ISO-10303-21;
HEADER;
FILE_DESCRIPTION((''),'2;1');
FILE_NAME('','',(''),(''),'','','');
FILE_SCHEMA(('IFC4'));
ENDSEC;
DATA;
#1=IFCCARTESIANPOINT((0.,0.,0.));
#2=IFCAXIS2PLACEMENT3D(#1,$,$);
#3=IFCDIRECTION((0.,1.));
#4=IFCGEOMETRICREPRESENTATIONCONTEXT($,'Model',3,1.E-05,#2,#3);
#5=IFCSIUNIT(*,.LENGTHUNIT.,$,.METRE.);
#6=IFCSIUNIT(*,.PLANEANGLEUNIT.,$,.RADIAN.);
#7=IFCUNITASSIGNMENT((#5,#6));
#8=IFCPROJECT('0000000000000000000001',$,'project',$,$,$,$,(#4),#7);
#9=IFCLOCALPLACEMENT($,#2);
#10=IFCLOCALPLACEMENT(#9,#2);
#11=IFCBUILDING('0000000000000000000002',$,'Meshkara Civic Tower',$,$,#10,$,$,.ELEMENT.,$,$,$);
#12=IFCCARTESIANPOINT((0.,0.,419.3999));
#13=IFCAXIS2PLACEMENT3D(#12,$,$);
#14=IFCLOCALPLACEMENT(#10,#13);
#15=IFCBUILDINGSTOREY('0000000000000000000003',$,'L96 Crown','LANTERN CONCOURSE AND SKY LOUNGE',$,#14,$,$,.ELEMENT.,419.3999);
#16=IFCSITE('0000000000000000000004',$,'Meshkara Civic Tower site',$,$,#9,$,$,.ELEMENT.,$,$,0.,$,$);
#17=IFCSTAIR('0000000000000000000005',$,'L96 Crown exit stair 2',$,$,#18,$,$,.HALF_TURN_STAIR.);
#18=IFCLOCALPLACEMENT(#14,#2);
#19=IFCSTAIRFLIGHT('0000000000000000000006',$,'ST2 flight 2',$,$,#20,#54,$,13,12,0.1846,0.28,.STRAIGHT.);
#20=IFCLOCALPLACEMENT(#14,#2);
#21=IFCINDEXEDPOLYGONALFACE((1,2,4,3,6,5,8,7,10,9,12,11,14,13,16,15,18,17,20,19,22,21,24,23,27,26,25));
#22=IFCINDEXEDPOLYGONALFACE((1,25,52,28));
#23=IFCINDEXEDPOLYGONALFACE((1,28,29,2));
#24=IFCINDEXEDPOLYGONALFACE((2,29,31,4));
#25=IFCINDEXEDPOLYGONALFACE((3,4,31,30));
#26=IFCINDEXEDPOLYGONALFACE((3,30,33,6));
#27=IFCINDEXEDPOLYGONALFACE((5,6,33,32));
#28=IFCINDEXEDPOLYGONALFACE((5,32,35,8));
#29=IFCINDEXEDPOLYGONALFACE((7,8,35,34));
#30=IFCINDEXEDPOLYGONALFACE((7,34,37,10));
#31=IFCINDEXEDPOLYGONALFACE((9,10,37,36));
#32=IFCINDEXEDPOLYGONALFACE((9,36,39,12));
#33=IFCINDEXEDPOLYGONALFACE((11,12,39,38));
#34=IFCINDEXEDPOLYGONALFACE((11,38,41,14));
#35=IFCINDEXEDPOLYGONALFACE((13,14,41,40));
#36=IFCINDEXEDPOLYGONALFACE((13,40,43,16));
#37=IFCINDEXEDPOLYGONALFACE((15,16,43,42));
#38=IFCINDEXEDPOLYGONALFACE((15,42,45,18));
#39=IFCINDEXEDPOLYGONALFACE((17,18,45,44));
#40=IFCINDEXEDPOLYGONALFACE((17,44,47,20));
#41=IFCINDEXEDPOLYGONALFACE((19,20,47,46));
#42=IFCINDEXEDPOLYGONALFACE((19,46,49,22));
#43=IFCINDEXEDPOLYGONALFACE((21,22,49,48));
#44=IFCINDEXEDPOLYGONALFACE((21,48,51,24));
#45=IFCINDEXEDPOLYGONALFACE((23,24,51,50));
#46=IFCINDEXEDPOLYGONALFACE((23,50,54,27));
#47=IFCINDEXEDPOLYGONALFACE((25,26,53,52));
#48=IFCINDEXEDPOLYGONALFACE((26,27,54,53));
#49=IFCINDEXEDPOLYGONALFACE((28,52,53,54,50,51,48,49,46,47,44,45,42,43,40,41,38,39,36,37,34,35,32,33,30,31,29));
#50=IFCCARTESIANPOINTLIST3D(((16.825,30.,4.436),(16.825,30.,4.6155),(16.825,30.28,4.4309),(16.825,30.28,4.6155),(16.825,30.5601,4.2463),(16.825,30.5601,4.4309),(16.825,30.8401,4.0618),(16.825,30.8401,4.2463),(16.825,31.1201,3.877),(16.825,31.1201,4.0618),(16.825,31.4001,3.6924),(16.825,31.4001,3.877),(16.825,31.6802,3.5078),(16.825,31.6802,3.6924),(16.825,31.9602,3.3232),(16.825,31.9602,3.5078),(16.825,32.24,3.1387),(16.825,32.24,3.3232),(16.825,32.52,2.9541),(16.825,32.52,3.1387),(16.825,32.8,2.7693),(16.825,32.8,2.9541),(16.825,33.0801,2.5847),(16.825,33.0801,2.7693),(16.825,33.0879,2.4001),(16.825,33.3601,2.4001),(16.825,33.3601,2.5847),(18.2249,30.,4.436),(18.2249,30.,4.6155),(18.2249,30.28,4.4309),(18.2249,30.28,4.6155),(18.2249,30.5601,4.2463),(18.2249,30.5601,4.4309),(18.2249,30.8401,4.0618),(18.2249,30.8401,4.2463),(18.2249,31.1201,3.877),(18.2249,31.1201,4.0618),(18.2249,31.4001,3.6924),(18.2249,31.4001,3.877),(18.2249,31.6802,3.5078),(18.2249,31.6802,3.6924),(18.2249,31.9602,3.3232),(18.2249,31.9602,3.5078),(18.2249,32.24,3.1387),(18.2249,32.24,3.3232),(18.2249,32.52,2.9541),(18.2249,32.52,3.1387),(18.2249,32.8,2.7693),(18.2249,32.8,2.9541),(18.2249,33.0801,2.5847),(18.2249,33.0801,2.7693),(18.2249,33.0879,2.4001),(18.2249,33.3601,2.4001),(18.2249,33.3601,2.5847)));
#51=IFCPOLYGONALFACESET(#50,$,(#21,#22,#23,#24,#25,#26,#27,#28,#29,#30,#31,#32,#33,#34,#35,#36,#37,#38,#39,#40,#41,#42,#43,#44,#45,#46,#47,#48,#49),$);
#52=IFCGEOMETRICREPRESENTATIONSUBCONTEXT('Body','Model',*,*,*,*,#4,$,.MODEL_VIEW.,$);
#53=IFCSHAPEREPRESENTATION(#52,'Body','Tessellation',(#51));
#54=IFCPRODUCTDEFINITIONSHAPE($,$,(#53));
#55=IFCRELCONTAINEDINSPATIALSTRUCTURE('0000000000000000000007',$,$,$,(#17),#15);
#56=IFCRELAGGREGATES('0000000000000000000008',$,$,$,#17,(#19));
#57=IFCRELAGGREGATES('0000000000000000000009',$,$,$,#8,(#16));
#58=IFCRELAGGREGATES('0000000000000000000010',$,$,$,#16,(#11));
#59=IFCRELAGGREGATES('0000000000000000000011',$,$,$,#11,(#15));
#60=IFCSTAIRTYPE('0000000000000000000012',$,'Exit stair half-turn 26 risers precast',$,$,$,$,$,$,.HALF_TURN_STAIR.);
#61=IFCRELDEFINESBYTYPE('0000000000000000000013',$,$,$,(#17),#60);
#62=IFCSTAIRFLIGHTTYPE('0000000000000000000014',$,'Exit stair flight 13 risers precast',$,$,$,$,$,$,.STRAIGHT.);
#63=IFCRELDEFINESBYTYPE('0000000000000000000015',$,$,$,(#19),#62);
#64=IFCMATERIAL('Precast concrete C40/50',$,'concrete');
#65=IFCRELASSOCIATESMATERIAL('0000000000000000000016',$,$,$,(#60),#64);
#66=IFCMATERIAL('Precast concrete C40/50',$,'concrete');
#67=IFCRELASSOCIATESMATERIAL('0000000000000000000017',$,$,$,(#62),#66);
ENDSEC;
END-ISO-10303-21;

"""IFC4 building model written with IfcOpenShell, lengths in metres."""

from ifc_helpers import new_model, si_unit, direction, frame, origin, place, context, subcontext, project, spatial, polyline, outline, extrude, material, type_object, element, aggregate, save


model = new_model("IFC4")

# Units and contexts
model_context = context("Model", 3, precision=1e-05, world=origin(), true_north=direction((0.0, 1.0)))
body_context = subcontext(model_context, "Body", "Model", "MODEL_VIEW")
ifc_project = project(units=[si_unit("LENGTHUNIT", "METRE"), si_unit("PLANEANGLEUNIT", "RADIAN")], contexts=[model_context])

# Site, building, storey
site_placement = place(None, origin())
site = spatial("IfcSite", under=ifc_project, at=site_placement, Name="Meshkara Civic Tower site", CompositionType="ELEMENT", RefElevation=0.0)
building_placement = place(site_placement, origin())
building = spatial("IfcBuilding", under=site, at=building_placement, Name="Meshkara Civic Tower", CompositionType="ELEMENT")
storey_placement = place(building_placement, frame((0.0, 0.0, 419.3999)))
storey = spatial("IfcBuildingStorey", under=building, at=storey_placement, Name="L96 Crown", Description="LANTERN CONCOURSE AND SKY LOUNGE", CompositionType="ELEMENT", Elevation=419.3999)

# Stair, stair flight
ifc_material_1 = material(Name="Precast concrete C40/50", Category="concrete")
stair_type = type_object("IfcStairType", Name="Exit stair half-turn 26 risers precast", PredefinedType="HALF_TURN_STAIR", material=ifc_material_1)
ifc_material_2 = material(Name="Precast concrete C40/50", Category="concrete")
stair_flight_type = type_object("IfcStairFlightType", Name="Exit stair flight 13 risers precast", PredefinedType="STRAIGHT", material=ifc_material_2)
stair_1_placement = place(storey_placement, origin())
stair_1 = element("IfcStair", 1, at=stair_1_placement, inside=storey, type_object=stair_type, Name="L96 Crown exit stair 2", PredefinedType="HALF_TURN_STAIR")
stair_flight_1_placement = place(storey_placement, frame((17.5249, 33.3601, 2.4001), z_axis=(0.0, 0.0, 1.0), x_axis=(0.0, -1.0, 0.0)))
stair_flight_1 = element("IfcStairFlight", 2, at=stair_flight_1_placement, type_object=stair_flight_type, Name="ST2 flight 2", NumberOfRisers=13, NumberOfTreads=12, PredefinedType="STRAIGHT", RiserHeight=0.1846, TreadLength=0.28, context=body_context, shape_type="SweptSolid", body=[
    extrude(outline(polyline([(0.0, 0.0), (0.0, 0.1846), (0.28, 0.1846), (0.28, 0.3691), (0.5601, 0.3691), (0.5601, 0.554), (0.8401, 0.554), (0.8401, 0.7385), (1.1201, 0.7385), (1.1201, 0.9231), (1.3999, 0.9231), (1.3999, 1.1077), (1.6799, 1.1077), (1.6799, 1.2922), (1.96, 1.2922), (1.96, 1.4768), (2.24, 1.4768), (2.24, 1.6616), (2.52, 1.6616), (2.52, 1.8462), (2.8, 1.8462), (2.8, 2.0308), (3.0801, 2.0308), (3.0801, 2.2153), (3.3601, 2.2153), (3.3601, 2.3999), (3.3601, 2.0359), (0.2722, 0.0), (0.0, 0.0)])), frame((0.0, 0.7, 0.0), z_axis=(0.0, -1.0, 0.0), x_axis=(1.0, 0.0, 0.0)), (0.0, 0.0, 1.0), 1.3999),
])
aggregate(stair_1, [stair_flight_1])

save(model, "model.ifc")
